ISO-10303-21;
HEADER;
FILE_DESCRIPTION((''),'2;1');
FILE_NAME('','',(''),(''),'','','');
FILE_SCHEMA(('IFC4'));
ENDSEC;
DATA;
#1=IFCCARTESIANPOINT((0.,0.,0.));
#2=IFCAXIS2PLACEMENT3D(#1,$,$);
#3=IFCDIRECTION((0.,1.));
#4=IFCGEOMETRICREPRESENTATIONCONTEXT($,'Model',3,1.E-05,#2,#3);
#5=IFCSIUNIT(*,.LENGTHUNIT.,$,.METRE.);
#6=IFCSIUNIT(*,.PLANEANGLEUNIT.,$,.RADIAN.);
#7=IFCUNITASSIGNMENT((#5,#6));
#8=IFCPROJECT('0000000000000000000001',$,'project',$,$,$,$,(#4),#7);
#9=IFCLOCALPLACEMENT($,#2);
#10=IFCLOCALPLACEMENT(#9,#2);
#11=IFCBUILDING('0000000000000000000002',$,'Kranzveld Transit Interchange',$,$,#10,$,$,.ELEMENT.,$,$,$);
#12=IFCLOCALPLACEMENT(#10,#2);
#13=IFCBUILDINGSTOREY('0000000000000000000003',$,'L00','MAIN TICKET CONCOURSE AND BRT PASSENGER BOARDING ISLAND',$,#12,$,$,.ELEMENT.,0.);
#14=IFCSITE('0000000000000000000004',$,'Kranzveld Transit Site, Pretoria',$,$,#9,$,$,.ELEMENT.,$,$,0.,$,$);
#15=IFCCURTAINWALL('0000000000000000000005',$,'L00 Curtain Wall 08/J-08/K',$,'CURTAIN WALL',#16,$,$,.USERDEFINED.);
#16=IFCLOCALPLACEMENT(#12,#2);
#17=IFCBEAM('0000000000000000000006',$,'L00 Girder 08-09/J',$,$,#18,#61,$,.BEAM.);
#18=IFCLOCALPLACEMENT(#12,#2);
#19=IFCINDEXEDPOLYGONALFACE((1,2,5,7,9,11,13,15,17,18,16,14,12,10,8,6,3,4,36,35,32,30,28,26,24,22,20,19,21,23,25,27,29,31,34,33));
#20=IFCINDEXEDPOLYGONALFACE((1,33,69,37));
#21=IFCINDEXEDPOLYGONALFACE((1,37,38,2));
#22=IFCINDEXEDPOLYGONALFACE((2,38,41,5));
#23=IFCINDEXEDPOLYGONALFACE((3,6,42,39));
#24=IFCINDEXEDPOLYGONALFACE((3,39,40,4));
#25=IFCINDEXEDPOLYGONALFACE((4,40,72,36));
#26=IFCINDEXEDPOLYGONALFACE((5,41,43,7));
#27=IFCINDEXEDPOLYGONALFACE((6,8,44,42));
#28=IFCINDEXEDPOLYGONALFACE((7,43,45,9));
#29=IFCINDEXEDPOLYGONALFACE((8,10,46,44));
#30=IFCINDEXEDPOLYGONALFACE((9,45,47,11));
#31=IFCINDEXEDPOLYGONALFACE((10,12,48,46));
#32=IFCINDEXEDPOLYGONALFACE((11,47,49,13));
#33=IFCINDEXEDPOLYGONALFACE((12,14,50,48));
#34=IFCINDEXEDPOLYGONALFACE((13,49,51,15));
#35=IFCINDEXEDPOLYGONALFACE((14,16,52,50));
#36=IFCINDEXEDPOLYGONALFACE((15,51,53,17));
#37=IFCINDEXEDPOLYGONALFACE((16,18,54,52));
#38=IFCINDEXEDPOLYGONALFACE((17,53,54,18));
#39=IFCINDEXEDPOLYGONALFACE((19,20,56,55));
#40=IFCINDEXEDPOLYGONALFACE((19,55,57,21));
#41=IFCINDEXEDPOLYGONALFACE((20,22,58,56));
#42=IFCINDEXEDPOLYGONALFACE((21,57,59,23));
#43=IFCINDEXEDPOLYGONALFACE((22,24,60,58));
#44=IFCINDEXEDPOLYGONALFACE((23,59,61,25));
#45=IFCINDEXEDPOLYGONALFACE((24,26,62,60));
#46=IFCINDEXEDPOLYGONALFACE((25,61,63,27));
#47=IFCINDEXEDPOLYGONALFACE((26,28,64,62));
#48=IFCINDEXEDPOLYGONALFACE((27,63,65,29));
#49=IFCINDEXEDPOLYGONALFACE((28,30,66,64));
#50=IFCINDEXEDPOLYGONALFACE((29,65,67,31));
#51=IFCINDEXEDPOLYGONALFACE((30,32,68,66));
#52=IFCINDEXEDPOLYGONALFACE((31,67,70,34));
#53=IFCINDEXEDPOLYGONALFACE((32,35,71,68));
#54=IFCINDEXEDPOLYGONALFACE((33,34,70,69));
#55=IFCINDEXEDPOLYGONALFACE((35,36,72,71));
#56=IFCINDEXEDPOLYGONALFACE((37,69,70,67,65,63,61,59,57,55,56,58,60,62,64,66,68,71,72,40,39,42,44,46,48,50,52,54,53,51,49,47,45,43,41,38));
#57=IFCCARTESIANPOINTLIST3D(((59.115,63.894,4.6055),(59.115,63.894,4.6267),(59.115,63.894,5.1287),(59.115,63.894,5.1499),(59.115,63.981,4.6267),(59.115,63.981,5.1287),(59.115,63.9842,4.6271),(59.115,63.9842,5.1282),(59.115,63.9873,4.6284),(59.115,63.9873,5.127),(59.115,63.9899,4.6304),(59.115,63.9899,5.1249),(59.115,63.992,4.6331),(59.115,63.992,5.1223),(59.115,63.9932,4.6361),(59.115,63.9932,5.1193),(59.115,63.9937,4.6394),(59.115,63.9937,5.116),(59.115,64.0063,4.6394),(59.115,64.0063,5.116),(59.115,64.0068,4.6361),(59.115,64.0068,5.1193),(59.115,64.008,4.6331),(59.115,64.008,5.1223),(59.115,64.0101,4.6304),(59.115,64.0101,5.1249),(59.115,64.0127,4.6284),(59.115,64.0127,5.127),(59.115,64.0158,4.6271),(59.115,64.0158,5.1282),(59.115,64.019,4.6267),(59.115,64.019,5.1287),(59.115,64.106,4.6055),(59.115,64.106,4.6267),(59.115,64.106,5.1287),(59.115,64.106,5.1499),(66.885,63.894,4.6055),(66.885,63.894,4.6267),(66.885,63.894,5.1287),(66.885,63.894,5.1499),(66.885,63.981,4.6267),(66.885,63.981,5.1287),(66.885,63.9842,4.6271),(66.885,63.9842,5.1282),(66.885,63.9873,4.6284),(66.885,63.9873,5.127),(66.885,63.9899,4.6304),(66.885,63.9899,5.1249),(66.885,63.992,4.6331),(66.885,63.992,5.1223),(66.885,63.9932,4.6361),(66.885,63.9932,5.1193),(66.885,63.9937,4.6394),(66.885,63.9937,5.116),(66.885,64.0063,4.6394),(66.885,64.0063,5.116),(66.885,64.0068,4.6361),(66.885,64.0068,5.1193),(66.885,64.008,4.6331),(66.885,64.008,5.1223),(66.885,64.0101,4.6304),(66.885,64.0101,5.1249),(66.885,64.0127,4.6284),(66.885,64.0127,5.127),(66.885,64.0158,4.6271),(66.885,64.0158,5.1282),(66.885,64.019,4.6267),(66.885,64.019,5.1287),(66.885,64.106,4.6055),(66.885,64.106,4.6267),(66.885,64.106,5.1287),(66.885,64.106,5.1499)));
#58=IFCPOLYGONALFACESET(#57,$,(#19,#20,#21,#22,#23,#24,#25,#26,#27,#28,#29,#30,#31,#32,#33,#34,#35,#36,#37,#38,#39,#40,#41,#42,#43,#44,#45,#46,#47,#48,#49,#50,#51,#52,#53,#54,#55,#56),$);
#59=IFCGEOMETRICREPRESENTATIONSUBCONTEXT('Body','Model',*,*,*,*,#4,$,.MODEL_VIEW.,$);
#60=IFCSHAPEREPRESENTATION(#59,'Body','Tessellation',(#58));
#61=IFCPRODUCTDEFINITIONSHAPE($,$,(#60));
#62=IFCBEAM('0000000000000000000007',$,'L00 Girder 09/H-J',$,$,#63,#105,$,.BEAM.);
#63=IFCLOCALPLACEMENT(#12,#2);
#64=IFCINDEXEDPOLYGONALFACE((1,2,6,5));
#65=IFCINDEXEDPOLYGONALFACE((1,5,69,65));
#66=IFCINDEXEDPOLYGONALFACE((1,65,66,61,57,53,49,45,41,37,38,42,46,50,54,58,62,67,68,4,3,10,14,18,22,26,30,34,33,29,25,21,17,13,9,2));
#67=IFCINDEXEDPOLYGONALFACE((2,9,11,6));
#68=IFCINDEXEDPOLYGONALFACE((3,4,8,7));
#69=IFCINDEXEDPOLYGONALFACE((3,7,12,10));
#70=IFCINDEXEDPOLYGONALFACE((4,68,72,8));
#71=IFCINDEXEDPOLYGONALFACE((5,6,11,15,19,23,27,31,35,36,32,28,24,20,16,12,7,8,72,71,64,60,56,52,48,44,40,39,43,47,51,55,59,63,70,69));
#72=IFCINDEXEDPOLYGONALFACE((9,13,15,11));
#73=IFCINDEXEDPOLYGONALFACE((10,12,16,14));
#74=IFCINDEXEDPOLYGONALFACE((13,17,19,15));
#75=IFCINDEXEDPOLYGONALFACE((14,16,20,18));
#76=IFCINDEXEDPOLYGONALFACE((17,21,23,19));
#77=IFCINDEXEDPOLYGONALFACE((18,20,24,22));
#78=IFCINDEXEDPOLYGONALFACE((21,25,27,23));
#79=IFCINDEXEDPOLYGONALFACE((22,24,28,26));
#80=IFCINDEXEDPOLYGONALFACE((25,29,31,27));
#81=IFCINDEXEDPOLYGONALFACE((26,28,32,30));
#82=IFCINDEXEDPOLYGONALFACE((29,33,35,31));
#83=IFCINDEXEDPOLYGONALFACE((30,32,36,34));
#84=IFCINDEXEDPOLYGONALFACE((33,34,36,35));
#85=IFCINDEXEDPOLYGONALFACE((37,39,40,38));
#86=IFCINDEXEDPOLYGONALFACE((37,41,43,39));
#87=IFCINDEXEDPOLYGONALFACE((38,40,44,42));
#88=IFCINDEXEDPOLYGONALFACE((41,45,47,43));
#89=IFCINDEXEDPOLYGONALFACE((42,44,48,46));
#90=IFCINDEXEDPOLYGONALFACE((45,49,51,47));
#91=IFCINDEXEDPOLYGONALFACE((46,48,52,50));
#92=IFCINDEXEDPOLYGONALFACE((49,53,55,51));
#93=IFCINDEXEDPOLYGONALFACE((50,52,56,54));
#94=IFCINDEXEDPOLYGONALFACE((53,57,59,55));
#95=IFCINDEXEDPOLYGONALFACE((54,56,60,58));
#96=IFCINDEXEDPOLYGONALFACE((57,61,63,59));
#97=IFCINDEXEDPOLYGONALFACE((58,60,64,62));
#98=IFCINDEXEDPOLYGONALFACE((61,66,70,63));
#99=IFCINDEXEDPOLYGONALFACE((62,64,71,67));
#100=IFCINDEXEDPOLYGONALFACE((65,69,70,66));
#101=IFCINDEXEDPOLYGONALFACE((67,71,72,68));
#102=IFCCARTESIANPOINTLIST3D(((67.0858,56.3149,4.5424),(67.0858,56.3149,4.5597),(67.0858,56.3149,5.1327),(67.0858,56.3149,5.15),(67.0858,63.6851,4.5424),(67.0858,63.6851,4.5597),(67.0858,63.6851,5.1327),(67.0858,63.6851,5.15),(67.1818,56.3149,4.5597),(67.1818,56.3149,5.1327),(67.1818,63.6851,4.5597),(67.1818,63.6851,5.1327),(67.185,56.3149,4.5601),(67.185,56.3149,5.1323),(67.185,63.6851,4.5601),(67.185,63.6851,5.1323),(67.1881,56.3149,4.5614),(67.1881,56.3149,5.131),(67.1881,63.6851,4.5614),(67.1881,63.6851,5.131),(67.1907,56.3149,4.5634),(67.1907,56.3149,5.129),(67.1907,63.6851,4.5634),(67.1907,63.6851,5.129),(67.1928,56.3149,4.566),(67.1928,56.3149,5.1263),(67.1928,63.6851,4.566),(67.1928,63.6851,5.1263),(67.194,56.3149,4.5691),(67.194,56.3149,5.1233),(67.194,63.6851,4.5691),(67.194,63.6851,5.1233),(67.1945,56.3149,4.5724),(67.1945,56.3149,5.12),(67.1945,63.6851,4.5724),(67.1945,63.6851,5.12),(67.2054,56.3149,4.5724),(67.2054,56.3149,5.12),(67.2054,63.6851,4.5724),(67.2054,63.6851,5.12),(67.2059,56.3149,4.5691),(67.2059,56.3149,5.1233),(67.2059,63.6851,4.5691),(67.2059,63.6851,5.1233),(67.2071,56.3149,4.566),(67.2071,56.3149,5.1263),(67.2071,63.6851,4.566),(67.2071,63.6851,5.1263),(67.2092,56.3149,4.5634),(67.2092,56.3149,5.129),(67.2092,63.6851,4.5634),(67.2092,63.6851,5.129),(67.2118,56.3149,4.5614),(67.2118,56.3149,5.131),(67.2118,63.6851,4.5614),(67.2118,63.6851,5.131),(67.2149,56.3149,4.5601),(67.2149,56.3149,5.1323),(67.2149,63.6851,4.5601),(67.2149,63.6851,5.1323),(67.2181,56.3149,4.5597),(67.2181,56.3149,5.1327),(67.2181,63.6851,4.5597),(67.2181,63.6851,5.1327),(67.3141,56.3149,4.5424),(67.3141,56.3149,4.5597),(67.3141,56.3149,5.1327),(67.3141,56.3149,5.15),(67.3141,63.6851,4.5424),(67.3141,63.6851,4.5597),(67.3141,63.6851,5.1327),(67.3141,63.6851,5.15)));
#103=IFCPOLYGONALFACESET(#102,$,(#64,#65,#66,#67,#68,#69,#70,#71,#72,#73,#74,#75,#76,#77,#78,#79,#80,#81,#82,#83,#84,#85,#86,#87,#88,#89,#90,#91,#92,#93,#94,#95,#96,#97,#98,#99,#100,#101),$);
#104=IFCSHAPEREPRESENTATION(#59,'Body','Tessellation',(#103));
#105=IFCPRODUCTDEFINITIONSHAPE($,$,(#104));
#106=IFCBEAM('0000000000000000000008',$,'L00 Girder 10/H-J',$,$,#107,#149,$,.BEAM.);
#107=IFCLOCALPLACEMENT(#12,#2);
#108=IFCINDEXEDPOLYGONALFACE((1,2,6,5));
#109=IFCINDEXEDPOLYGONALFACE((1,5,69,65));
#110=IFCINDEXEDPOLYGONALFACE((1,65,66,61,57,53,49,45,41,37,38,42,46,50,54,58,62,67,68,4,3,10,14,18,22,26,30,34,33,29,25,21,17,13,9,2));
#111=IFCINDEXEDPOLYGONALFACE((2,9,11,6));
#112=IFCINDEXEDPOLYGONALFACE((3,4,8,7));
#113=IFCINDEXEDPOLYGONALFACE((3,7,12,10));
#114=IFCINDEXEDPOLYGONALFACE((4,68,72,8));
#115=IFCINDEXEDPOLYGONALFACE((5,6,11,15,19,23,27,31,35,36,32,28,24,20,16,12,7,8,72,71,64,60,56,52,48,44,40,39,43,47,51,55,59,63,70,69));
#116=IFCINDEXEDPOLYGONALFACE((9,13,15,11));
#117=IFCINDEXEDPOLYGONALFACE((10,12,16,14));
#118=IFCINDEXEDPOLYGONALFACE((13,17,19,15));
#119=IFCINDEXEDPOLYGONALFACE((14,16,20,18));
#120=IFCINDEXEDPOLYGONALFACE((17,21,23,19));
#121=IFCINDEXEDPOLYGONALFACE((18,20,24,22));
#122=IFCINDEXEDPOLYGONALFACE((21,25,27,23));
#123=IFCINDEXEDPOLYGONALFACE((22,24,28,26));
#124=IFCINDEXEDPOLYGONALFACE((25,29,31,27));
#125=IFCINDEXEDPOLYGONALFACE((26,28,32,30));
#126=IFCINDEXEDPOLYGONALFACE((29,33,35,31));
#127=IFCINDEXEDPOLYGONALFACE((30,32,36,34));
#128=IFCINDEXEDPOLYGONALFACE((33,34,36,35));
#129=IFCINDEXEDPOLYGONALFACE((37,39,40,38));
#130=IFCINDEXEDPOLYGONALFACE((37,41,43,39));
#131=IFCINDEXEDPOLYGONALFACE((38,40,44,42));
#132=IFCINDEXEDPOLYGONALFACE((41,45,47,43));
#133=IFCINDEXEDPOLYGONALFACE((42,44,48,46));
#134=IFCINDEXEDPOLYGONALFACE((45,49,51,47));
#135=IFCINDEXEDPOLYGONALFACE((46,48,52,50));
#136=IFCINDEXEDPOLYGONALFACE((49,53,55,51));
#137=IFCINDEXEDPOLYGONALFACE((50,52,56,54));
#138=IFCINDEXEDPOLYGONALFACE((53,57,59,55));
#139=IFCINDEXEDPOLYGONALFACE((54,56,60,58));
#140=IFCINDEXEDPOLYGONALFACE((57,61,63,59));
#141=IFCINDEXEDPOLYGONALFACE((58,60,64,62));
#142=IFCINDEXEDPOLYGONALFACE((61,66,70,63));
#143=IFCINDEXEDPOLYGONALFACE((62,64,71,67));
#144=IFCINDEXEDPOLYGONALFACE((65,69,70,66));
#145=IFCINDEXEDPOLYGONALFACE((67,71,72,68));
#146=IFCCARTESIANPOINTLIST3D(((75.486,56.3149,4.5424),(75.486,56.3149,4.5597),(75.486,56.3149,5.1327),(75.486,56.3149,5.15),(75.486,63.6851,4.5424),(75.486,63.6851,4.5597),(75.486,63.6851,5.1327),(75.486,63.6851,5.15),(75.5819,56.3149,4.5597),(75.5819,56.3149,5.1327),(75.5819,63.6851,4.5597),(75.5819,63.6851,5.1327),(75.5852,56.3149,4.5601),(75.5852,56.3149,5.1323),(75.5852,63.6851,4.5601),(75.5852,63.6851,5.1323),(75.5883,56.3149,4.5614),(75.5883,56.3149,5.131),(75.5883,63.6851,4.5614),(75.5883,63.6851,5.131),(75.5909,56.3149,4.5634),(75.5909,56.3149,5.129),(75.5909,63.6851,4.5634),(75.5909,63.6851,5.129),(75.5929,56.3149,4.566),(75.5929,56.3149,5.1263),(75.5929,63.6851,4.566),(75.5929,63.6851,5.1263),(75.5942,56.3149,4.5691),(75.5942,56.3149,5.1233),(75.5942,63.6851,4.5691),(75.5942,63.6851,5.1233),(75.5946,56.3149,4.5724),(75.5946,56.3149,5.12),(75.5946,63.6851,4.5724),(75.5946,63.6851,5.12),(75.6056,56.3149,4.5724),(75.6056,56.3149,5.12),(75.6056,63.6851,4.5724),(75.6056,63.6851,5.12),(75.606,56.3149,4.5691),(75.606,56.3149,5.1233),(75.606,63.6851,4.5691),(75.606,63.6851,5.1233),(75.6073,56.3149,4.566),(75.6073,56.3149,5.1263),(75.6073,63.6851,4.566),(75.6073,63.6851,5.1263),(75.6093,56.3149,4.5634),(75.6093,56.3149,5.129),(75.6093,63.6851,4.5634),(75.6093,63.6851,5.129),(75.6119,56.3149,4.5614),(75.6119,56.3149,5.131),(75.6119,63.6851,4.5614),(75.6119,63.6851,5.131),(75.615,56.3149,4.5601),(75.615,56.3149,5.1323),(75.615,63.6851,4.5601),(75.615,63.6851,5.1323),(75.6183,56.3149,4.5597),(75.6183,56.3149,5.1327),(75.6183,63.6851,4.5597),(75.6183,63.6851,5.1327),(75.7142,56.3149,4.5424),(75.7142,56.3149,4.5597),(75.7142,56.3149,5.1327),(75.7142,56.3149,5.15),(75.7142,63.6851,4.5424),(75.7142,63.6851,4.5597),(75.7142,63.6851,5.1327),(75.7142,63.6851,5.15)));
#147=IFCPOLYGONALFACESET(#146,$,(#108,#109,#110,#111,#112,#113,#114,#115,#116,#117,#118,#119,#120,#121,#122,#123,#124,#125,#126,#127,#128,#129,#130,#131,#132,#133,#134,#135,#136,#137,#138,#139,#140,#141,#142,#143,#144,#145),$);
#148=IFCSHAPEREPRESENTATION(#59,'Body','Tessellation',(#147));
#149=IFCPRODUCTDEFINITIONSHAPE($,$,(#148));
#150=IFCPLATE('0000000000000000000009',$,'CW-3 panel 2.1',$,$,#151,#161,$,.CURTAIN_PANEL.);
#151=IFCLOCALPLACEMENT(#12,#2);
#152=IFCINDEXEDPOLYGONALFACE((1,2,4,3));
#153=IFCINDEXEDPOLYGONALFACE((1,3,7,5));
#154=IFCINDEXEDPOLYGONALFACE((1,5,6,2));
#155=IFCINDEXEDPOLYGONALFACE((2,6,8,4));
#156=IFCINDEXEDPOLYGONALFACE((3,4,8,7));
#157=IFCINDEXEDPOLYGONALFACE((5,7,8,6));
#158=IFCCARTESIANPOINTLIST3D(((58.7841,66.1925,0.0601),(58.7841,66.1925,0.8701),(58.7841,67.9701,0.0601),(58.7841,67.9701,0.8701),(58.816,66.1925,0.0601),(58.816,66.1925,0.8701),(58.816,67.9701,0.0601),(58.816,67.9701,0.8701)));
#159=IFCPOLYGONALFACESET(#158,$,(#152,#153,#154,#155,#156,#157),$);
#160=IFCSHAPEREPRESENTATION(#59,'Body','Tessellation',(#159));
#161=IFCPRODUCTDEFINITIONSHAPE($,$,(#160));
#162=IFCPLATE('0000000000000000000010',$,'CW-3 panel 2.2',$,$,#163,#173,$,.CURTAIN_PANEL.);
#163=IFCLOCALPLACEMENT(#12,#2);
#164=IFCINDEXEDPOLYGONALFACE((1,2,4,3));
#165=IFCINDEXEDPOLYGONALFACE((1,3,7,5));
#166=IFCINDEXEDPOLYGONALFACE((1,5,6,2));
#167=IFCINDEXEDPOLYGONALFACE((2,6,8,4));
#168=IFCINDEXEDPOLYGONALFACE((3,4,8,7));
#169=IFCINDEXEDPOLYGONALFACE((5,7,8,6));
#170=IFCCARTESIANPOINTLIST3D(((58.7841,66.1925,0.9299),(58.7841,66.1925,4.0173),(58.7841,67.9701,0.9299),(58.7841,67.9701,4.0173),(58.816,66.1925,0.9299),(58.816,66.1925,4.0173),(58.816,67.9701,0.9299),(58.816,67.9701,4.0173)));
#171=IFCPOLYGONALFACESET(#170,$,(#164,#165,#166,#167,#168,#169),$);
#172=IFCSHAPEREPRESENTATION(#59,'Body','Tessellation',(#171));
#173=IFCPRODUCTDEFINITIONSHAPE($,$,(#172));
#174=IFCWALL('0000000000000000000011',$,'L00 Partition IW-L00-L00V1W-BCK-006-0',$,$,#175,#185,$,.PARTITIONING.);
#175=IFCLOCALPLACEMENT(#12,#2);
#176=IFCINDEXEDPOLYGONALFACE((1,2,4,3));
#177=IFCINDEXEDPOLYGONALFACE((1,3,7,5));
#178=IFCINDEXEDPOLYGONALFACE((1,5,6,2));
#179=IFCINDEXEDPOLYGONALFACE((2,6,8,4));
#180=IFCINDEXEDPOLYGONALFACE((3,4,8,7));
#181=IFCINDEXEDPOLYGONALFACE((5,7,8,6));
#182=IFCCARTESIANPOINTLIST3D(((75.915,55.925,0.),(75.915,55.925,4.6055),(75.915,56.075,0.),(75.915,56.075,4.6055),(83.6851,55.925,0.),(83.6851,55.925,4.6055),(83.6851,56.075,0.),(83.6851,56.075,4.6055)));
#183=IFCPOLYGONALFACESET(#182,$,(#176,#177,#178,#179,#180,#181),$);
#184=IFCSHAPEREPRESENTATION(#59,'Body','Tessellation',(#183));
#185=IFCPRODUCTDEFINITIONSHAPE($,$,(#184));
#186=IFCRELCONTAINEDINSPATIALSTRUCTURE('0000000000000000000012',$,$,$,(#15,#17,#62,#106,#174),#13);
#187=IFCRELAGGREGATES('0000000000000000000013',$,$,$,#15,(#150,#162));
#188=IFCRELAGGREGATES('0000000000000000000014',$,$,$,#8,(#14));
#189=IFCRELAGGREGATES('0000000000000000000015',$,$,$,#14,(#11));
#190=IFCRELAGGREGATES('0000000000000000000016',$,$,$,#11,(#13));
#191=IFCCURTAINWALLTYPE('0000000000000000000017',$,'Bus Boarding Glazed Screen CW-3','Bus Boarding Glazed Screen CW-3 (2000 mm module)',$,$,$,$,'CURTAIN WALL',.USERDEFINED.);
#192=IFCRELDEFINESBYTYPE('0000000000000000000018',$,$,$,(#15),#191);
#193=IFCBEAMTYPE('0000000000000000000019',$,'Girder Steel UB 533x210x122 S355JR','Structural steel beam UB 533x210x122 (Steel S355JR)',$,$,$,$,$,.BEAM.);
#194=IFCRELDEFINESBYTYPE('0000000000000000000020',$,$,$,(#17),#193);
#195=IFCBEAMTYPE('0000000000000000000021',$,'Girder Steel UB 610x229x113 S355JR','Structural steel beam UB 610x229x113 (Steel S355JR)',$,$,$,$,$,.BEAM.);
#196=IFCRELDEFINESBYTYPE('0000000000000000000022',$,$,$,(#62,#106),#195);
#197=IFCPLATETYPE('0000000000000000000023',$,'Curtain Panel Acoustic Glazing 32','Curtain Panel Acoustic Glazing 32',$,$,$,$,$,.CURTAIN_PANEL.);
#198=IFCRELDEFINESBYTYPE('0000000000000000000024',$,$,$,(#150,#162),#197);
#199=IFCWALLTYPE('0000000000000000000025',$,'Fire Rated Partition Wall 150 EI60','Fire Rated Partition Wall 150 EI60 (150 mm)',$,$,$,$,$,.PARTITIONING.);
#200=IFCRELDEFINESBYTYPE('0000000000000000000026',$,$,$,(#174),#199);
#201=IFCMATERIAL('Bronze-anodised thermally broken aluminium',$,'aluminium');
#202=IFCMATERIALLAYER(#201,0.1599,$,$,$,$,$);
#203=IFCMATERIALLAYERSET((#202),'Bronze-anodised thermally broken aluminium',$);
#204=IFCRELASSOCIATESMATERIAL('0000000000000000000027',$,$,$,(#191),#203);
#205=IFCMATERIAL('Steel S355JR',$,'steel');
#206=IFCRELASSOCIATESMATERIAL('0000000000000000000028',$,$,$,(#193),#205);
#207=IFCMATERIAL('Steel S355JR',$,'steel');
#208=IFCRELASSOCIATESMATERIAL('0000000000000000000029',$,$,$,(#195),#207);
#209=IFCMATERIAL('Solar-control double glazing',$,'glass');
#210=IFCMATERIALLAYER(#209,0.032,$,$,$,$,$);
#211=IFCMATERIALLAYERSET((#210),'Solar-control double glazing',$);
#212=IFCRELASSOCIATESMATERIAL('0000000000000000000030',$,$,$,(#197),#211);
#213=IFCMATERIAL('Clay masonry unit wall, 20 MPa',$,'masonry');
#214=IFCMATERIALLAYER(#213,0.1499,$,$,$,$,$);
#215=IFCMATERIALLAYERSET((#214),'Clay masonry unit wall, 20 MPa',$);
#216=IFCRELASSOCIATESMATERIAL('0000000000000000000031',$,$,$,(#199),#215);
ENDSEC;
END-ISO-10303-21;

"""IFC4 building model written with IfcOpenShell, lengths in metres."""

from ifc_helpers import new_model, si_unit, direction, frame, frame_2d, origin, origin_2d, place, context, subcontext, project, spatial, rectangle, i_section, extrude, material, layer, layer_set, material_profile, profile_set, type_object, element, aggregate, save


model = new_model("IFC4")

# Units and contexts
model_context = context("Model", 3, precision=1e-05, world=origin(), true_north=direction((0.0, 1.0)))
body_context = subcontext(model_context, "Body", "Model", "MODEL_VIEW")
ifc_project = project(units=[si_unit("LENGTHUNIT", "METRE"), si_unit("PLANEANGLEUNIT", "RADIAN")], contexts=[model_context])

# Site, building, storey
site_placement = place(None, origin())
site = spatial("IfcSite", under=ifc_project, at=site_placement, Name="Kranzveld Transit Site, Pretoria", CompositionType="ELEMENT", RefElevation=0.0)
building_placement = place(site_placement, origin())
building = spatial("IfcBuilding", under=site, at=building_placement, Name="Kranzveld Transit Interchange", CompositionType="ELEMENT")
storey_placement = place(building_placement, origin())
storey = spatial("IfcBuildingStorey", under=building, at=storey_placement, Name="L00", Description="MAIN TICKET CONCOURSE AND BRT PASSENGER BOARDING ISLAND", CompositionType="ELEMENT", Elevation=0.0)

# Curtain wall
ifc_material_1 = material(Name="Bronze-anodised thermally broken aluminium", Category="aluminium")
ifc_layer_1 = layer(ifc_material_1, 0.1599)
ifc_layer_set_1 = layer_set([ifc_layer_1], Name="Bronze-anodised thermally broken aluminium")
curtain_wall_type = type_object("IfcCurtainWallType", Name="Bus Boarding Glazed Screen CW-3", Description="Bus Boarding Glazed Screen CW-3 (2000 mm module)", ElementType="CURTAIN WALL", PredefinedType="USERDEFINED", material=ifc_layer_set_1)
curtain_wall_placement = place(storey_placement, origin())
curtain_wall = element("IfcCurtainWall", 1, at=curtain_wall_placement, inside=storey, type_object=curtain_wall_type, Name="L00 Curtain Wall 08/J-08/K", ObjectType="CURTAIN WALL", PredefinedType="USERDEFINED")

# Beams
ifc_material_2 = material(Name="Steel S355JR", Category="steel")
ifc_material_profile_1 = material_profile(ifc_material_2, i_section(OverallWidth=0.2119, OverallDepth=0.5444, WebThickness=0.0127, FlangeThickness=0.0212, FilletRadius=0.0127, at=origin_2d()), Name="UB 533x210x122")
ifc_profile_set_1 = profile_set([ifc_material_profile_1], Name="Steel S355JR")
beam_type_1 = type_object("IfcBeamType", Name="Girder Steel UB 533x210x122 S355JR", Description="Structural steel beam UB 533x210x122 (Steel S355JR)", PredefinedType="BEAM", material=ifc_profile_set_1)
for number, where, z_axis, x_axis, name in (
    (2, (59.115, 64.0, 4.8777), (1.0, 0.0, 0.0), (0.0, 1.0, 0.0), "L00 Girder 08-09/J"),
):
    element("IfcBeam", number, at=place(storey_placement, frame(where, z_axis=z_axis, x_axis=x_axis)), inside=storey, type_object=beam_type_1, Name=name, PredefinedType="BEAM", context=body_context, shape_type="SweptSolid", body=[
        extrude(i_section(OverallWidth=0.2119, OverallDepth=0.5444, WebThickness=0.0127, FlangeThickness=0.0212, FilletRadius=0.0127, at=origin_2d()), origin(), (0.0, 0.0, 1.0), 7.77),
    ])
ifc_material_3 = material(Name="Steel S355JR", Category="steel")
ifc_material_profile_2 = material_profile(ifc_material_3, i_section(OverallWidth=0.2283, OverallDepth=0.6077, WebThickness=0.011, FlangeThickness=0.0173, FilletRadius=0.0127, at=origin_2d()), Name="UB 610x229x113")
ifc_profile_set_2 = profile_set([ifc_material_profile_2], Name="Steel S355JR")
beam_type_2 = type_object("IfcBeamType", Name="Girder Steel UB 610x229x113 S355JR", Description="Structural steel beam UB 610x229x113 (Steel S355JR)", PredefinedType="BEAM", material=ifc_profile_set_2)
for number, where, z_axis, x_axis, name in (
    (3, (67.2, 56.3149, 4.8462), (0.0, 1.0, 0.0), (-1.0, 0.0, 0.0), "L00 Girder 09/H-J"),
    (4, (75.6001, 56.3149, 4.8462), (0.0, 1.0, 0.0), (-1.0, 0.0, 0.0), "L00 Girder 10/H-J"),
):
    element("IfcBeam", number, at=place(storey_placement, frame(where, z_axis=z_axis, x_axis=x_axis)), inside=storey, type_object=beam_type_2, Name=name, PredefinedType="BEAM", context=body_context, shape_type="SweptSolid", body=[
        extrude(i_section(OverallWidth=0.2283, OverallDepth=0.6077, WebThickness=0.011, FlangeThickness=0.0173, FilletRadius=0.0127, at=origin_2d()), origin(), (0.0, 0.0, 1.0), 7.3701),
    ])

# Plates
ifc_material_4 = material(Name="Solar-control double glazing", Category="glass")
ifc_layer_2 = layer(ifc_material_4, 0.032)
ifc_layer_set_2 = layer_set([ifc_layer_2], Name="Solar-control double glazing")
plate_type = type_object("IfcPlateType", Name="Curtain Panel Acoustic Glazing 32", Description="Curtain Panel Acoustic Glazing 32", PredefinedType="CURTAIN_PANEL", material=ifc_layer_set_2)
plate_1_placement = place(storey_placement, frame((58.8, 67.0813, 0.0601), z_axis=(0.0, 0.0, 1.0), x_axis=(0.0, 1.0, 0.0)))
plate_1 = element("IfcPlate", 5, at=plate_1_placement, type_object=plate_type, Name="CW-3 panel 2.1", PredefinedType="CURTAIN_PANEL", context=body_context, shape_type="SweptSolid", body=[
    extrude(rectangle(XDim=1.7776, YDim=0.032, at=origin_2d()), origin(), (0.0, 0.0, 1.0), 0.8101),
])
plate_2_placement = place(storey_placement, frame((58.8, 67.0813, 0.9299), z_axis=(0.0, 0.0, 1.0), x_axis=(0.0, 1.0, 0.0)))
plate_2 = element("IfcPlate", 6, at=plate_2_placement, type_object=plate_type, Name="CW-3 panel 2.2", PredefinedType="CURTAIN_PANEL", context=body_context, shape_type="SweptSolid", body=[
    extrude(rectangle(XDim=1.7776, YDim=0.032, at=origin_2d()), origin(), (0.0, 0.0, 1.0), 3.0874),
])
aggregate(curtain_wall, [plate_1, plate_2])

# Wall
ifc_material_5 = material(Name="Clay masonry unit wall, 20 MPa", Category="masonry")
ifc_layer_3 = layer(ifc_material_5, 0.1499)
ifc_layer_set_3 = layer_set([ifc_layer_3], Name="Clay masonry unit wall, 20 MPa")
wall_type_1 = type_object("IfcWallType", Name="Fire Rated Partition Wall 150 EI60", Description="Fire Rated Partition Wall 150 EI60 (150 mm)", PredefinedType="PARTITIONING", material=ifc_layer_set_3)
wall_1_placement = place(storey_placement, frame((75.915, 56.0, 0.0), z_axis=(0.0, 0.0, 1.0), x_axis=(1.0, 0.0, 0.0)))
element("IfcWall", 7, at=wall_1_placement, inside=storey, type_object=wall_type_1, Name="L00 Partition IW-L00-L00V1W-BCK-006-0", PredefinedType="PARTITIONING", context=body_context, shape_type="SweptSolid", body=[
    extrude(rectangle(XDim=7.77, YDim=0.1499, at=frame_2d((3.885, 0.0))), origin(), (0.0, 0.0, 1.0), 4.6055),
])

save(model, "model.ifc")
